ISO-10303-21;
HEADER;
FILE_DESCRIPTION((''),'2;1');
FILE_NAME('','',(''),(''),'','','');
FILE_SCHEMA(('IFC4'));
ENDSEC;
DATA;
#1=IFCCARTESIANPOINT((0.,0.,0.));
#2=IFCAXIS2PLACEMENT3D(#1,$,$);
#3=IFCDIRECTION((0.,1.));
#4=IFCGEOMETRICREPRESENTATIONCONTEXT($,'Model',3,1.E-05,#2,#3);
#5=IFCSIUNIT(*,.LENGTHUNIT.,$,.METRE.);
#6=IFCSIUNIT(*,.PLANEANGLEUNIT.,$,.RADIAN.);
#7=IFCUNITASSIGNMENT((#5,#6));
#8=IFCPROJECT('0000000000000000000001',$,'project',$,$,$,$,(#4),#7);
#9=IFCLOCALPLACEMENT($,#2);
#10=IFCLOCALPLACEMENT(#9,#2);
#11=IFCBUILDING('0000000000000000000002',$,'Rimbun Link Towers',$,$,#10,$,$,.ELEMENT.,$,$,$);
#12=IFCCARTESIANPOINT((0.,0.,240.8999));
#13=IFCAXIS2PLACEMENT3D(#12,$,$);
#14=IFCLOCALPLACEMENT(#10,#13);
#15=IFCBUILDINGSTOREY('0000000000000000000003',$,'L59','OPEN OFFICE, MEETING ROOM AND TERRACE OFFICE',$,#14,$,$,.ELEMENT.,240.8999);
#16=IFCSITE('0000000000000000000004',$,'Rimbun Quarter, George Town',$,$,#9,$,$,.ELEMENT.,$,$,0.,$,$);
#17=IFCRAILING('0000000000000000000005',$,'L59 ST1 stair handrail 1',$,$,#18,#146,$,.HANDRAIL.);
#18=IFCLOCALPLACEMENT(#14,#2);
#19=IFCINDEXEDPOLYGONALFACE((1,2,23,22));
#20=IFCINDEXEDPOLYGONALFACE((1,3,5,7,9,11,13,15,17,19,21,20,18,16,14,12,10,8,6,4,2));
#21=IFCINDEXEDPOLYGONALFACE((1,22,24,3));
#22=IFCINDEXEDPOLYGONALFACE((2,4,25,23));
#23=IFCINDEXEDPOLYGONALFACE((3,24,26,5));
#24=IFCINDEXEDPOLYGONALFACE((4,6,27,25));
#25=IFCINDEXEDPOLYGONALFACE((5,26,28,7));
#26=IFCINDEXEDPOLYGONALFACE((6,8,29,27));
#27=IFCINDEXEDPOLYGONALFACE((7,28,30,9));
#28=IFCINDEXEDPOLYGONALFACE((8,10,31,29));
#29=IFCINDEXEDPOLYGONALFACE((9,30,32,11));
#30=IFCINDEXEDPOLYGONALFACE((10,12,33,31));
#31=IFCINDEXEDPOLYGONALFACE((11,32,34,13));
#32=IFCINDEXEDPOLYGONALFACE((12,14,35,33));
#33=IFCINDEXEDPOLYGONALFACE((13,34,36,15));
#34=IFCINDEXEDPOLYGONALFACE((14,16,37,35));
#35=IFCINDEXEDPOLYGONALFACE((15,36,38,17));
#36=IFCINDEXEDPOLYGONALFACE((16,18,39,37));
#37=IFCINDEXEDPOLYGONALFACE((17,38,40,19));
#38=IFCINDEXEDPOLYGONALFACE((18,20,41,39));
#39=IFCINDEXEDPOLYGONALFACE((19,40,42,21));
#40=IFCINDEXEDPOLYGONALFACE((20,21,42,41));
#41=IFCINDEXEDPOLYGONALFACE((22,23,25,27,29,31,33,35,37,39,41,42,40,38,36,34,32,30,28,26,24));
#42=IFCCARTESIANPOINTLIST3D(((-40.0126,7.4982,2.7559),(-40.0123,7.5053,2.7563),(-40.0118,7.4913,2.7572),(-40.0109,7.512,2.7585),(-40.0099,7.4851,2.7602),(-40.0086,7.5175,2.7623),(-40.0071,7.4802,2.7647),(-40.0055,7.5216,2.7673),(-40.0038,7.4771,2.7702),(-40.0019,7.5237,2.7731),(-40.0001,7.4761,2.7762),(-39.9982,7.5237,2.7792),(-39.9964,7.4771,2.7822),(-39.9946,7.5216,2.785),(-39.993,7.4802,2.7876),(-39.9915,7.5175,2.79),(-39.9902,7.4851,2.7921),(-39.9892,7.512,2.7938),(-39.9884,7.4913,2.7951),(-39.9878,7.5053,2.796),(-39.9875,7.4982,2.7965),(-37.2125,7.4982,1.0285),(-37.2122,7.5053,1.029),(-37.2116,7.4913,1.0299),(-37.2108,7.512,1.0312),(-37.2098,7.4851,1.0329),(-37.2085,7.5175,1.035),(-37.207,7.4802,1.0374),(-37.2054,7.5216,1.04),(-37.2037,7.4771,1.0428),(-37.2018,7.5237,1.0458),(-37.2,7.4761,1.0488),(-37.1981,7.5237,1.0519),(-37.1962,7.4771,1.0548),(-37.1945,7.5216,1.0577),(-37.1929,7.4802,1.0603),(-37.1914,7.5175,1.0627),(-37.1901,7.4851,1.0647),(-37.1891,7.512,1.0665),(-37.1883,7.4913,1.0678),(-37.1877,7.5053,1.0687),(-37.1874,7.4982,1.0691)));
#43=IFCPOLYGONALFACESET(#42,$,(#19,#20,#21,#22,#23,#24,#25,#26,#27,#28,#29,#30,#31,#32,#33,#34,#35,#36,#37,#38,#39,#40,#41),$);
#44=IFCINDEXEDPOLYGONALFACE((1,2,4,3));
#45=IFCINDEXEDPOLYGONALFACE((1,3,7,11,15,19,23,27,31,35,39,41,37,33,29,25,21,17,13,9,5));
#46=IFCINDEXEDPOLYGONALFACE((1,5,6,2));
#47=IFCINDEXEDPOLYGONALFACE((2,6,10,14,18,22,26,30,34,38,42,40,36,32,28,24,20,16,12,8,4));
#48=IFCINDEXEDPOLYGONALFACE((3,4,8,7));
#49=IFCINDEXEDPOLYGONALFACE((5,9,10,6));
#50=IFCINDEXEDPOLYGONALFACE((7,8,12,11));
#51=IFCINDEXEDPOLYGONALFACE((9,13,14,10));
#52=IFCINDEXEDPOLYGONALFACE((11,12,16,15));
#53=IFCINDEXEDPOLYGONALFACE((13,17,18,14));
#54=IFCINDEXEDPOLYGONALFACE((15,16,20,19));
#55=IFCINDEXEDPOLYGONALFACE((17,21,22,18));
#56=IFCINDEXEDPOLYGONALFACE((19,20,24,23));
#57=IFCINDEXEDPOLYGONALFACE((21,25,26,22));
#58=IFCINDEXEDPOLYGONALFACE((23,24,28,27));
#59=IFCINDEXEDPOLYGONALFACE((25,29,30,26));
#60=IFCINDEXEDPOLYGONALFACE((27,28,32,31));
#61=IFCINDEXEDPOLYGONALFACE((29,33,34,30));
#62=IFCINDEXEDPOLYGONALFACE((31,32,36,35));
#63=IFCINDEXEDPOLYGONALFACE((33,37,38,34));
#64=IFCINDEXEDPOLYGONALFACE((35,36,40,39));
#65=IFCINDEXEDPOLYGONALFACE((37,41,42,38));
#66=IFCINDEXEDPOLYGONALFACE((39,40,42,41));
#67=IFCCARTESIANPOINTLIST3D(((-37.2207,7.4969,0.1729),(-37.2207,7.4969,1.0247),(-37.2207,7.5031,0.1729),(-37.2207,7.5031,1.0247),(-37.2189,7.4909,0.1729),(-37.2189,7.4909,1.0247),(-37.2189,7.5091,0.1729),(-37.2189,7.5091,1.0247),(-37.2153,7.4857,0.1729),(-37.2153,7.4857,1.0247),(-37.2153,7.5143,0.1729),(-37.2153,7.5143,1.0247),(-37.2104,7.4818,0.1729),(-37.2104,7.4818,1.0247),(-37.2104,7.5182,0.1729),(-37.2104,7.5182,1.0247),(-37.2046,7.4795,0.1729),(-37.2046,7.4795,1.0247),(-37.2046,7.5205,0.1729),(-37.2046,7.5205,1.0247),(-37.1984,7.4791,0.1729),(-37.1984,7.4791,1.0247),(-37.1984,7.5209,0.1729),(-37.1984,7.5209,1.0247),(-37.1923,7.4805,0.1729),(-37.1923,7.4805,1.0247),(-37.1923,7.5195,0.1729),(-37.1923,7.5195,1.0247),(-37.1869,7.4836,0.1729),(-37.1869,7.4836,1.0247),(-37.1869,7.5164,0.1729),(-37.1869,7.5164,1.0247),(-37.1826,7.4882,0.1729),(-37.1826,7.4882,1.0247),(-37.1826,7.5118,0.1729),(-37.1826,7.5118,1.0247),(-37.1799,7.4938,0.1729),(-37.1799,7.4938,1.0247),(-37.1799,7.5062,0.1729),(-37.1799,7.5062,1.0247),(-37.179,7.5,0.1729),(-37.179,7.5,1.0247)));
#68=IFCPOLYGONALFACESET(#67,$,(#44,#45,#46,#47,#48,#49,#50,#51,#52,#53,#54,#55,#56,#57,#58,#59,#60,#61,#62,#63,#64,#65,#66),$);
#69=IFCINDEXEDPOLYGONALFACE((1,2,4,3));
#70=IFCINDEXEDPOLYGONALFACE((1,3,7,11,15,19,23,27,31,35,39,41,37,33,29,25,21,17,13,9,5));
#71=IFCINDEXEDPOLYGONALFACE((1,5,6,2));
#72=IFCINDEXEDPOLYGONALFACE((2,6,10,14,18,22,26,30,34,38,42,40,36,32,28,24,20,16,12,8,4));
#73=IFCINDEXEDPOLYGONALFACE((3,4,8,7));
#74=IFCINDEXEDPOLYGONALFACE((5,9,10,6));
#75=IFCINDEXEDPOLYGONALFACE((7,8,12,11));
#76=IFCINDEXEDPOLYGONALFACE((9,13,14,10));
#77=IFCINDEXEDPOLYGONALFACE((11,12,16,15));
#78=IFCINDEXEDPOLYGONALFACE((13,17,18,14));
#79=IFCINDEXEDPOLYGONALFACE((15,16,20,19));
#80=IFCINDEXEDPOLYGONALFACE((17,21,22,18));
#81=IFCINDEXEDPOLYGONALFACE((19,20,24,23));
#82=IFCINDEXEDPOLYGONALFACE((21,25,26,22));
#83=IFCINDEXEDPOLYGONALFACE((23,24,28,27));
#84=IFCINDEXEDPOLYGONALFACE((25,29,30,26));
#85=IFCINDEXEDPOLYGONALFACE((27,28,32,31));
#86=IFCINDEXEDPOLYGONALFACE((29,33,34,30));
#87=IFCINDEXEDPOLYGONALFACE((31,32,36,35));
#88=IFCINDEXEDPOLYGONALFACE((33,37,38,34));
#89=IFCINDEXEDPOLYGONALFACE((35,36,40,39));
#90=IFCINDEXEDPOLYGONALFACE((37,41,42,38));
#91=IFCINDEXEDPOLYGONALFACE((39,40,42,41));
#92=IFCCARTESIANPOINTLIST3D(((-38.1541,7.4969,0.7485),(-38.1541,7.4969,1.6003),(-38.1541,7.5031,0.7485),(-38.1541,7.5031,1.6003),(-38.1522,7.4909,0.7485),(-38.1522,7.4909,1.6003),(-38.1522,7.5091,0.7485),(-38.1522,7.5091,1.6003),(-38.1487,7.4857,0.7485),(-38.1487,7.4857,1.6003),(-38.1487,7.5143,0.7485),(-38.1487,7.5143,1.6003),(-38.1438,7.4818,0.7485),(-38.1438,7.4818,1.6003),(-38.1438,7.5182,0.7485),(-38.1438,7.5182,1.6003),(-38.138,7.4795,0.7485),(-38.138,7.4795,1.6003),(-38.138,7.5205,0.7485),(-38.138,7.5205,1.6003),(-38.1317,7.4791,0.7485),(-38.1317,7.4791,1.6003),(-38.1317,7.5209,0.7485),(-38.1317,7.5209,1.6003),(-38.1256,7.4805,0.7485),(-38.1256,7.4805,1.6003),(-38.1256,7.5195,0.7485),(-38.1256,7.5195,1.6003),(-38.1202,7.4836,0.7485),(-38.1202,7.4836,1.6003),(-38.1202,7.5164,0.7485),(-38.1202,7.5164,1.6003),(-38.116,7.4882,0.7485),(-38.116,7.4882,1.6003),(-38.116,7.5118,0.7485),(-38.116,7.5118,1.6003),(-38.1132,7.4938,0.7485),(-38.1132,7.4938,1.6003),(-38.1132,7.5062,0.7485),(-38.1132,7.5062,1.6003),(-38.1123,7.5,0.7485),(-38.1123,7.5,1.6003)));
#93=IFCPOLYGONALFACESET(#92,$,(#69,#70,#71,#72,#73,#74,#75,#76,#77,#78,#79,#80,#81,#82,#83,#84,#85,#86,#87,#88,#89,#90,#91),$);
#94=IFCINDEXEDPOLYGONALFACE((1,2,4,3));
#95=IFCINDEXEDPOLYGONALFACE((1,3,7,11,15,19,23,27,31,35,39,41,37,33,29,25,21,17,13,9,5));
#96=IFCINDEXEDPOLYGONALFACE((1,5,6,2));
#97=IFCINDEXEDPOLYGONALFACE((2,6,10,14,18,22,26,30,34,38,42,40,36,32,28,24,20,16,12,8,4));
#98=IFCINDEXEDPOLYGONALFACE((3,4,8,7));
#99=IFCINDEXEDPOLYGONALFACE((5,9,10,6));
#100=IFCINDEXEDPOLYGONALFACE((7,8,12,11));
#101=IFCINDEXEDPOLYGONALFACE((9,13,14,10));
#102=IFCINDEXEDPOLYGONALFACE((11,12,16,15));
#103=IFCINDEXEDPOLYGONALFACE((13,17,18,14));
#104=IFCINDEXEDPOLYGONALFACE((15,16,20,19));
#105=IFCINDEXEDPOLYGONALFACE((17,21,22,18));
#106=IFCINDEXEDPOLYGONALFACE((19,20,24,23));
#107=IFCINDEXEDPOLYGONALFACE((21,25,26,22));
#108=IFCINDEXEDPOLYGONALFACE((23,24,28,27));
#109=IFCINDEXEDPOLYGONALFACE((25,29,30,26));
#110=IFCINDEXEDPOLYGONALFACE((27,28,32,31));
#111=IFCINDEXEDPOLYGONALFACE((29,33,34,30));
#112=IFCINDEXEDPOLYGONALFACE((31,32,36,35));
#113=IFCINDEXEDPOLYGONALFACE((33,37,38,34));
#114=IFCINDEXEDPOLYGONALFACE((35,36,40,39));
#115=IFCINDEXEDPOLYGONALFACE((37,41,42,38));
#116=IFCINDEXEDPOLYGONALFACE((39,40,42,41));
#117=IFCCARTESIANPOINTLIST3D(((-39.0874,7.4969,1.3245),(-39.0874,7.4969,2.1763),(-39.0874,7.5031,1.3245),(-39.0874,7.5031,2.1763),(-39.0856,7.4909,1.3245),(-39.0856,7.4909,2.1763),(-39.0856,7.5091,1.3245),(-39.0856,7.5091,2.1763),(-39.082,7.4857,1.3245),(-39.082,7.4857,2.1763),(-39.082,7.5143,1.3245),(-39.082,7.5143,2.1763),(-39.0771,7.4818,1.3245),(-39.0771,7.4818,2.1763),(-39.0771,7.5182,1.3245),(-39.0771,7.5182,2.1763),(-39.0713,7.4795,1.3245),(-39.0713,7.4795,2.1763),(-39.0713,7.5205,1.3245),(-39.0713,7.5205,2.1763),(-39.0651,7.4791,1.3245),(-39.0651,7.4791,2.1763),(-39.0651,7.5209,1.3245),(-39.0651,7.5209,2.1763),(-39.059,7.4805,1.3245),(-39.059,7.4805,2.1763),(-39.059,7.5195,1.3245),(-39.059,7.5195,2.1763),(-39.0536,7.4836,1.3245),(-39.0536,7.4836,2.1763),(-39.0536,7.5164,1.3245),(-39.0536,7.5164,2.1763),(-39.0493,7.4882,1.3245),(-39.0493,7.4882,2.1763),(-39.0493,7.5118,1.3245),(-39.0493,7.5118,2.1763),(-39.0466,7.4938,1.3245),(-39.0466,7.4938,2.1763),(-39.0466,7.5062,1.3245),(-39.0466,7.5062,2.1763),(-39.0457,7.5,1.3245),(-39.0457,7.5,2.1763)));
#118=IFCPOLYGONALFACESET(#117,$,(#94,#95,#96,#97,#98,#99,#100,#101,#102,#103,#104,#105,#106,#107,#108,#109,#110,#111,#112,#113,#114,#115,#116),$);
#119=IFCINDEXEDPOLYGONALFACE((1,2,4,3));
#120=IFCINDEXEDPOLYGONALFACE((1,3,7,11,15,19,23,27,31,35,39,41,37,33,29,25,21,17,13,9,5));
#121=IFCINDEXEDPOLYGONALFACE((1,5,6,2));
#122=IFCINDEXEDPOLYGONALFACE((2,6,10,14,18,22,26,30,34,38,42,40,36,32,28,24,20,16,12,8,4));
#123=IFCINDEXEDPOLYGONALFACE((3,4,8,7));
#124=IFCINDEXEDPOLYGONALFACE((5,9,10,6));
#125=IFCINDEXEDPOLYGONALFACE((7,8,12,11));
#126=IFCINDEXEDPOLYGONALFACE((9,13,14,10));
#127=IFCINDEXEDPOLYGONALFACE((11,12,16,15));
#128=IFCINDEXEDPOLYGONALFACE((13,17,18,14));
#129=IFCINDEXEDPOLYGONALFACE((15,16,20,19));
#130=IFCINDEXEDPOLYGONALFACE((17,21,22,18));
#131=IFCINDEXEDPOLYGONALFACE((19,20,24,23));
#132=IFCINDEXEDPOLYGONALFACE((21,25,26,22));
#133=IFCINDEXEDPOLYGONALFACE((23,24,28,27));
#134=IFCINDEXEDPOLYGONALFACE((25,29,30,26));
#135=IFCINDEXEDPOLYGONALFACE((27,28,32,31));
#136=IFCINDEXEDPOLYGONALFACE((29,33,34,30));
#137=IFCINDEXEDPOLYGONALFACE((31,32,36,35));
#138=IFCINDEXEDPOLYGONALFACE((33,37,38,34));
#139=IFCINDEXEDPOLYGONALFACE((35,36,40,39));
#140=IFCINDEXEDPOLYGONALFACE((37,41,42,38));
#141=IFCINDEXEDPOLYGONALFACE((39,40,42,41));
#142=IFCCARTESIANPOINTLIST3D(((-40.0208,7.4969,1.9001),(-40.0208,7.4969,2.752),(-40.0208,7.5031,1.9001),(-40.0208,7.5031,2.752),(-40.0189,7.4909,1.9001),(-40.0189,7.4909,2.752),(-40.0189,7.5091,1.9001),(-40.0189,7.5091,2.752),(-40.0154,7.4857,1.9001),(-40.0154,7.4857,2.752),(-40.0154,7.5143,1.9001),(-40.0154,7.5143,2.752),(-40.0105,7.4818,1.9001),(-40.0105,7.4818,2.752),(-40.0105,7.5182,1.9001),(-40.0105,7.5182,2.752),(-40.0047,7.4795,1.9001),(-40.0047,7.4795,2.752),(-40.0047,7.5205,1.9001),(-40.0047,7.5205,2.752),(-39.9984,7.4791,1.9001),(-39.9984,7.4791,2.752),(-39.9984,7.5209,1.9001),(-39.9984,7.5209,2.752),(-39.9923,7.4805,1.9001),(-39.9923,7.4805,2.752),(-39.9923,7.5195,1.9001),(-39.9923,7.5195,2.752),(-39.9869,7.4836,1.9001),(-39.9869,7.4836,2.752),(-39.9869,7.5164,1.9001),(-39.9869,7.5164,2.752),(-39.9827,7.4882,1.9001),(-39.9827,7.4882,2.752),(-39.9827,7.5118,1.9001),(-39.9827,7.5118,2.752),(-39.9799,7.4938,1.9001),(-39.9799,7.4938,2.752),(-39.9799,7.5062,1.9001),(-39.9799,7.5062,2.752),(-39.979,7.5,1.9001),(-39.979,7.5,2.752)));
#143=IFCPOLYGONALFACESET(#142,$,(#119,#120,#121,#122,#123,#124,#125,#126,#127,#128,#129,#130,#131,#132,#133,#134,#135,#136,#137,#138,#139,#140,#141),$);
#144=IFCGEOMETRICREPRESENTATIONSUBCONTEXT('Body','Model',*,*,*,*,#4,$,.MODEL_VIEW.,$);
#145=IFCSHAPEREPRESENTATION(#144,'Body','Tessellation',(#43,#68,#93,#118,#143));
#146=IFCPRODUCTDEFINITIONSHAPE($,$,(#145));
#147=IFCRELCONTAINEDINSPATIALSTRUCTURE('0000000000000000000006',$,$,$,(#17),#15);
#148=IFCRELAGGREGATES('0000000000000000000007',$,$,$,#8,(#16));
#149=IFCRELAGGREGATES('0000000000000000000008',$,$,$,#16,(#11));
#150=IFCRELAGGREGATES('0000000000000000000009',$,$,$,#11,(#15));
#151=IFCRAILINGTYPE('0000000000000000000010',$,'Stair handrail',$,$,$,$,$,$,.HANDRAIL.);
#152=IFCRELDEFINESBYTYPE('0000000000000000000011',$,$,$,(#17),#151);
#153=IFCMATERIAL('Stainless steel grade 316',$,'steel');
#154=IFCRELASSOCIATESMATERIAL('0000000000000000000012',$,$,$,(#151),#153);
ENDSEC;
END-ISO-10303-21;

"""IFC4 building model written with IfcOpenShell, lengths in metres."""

from ifc_helpers import new_model, si_unit, direction, frame, origin, origin_2d, place, context, subcontext, project, spatial, circle, extrude, material, type_object, element, save


model = new_model("IFC4")

# Units and contexts
model_context = context("Model", 3, precision=1e-05, world=origin(), true_north=direction((0.0, 1.0)))
body_context = subcontext(model_context, "Body", "Model", "MODEL_VIEW")
ifc_project = project(units=[si_unit("LENGTHUNIT", "METRE"), si_unit("PLANEANGLEUNIT", "RADIAN")], contexts=[model_context])

# Site, building, storey
site_placement = place(None, origin())
site = spatial("IfcSite", under=ifc_project, at=site_placement, Name="Rimbun Quarter, George Town", CompositionType="ELEMENT", RefElevation=0.0)
building_placement = place(site_placement, origin())
building = spatial("IfcBuilding", under=site, at=building_placement, Name="Rimbun Link Towers", CompositionType="ELEMENT")
storey_placement = place(building_placement, frame((0.0, 0.0, 240.8999)))
storey = spatial("IfcBuildingStorey", under=building, at=storey_placement, Name="L59", Description="OPEN OFFICE, MEETING ROOM AND TERRACE OFFICE", CompositionType="ELEMENT", Elevation=240.8999)

# Railing
ifc_material_1 = material(Name="Stainless steel grade 316", Category="steel")
railing_type_1 = type_object("IfcRailingType", Name="Stair handrail", PredefinedType="HANDRAIL", material=ifc_material_1)
railing_1_placement = place(storey_placement, frame((-37.2, 7.5, 0.1729)))
element("IfcRailing", 1, at=railing_1_placement, inside=storey, type_object=railing_type_1, Name="L59 ST1 stair handrail 1", PredefinedType="HANDRAIL", context=body_context, shape_type="SweptSolid", body=[
    extrude(circle(Radius=0.0239, at=origin_2d()), frame((0.0, 0.0, 0.876), z_axis=(-0.85109, 0.0, 0.52502), x_axis=(0.0, -1.0, 0.0)), (0.0, 0.0, 1.0), 3.29),
    extrude(circle(Radius=0.021, at=origin_2d()), origin(), (0.0, 0.0, 1.0), 0.8518),
    extrude(circle(Radius=0.021, at=origin_2d()), frame((-0.9333, 0.0, 0.5757)), (0.0, 0.0, 1.0), 0.8518),
    extrude(circle(Radius=0.021, at=origin_2d()), frame((-1.8667, 0.0, 1.1516)), (0.0, 0.0, 1.0), 0.8518),
    extrude(circle(Radius=0.021, at=origin_2d()), frame((-2.8, 0.0, 1.7273)), (0.0, 0.0, 1.0), 0.8518),
])

save(model, "model.ifc")
